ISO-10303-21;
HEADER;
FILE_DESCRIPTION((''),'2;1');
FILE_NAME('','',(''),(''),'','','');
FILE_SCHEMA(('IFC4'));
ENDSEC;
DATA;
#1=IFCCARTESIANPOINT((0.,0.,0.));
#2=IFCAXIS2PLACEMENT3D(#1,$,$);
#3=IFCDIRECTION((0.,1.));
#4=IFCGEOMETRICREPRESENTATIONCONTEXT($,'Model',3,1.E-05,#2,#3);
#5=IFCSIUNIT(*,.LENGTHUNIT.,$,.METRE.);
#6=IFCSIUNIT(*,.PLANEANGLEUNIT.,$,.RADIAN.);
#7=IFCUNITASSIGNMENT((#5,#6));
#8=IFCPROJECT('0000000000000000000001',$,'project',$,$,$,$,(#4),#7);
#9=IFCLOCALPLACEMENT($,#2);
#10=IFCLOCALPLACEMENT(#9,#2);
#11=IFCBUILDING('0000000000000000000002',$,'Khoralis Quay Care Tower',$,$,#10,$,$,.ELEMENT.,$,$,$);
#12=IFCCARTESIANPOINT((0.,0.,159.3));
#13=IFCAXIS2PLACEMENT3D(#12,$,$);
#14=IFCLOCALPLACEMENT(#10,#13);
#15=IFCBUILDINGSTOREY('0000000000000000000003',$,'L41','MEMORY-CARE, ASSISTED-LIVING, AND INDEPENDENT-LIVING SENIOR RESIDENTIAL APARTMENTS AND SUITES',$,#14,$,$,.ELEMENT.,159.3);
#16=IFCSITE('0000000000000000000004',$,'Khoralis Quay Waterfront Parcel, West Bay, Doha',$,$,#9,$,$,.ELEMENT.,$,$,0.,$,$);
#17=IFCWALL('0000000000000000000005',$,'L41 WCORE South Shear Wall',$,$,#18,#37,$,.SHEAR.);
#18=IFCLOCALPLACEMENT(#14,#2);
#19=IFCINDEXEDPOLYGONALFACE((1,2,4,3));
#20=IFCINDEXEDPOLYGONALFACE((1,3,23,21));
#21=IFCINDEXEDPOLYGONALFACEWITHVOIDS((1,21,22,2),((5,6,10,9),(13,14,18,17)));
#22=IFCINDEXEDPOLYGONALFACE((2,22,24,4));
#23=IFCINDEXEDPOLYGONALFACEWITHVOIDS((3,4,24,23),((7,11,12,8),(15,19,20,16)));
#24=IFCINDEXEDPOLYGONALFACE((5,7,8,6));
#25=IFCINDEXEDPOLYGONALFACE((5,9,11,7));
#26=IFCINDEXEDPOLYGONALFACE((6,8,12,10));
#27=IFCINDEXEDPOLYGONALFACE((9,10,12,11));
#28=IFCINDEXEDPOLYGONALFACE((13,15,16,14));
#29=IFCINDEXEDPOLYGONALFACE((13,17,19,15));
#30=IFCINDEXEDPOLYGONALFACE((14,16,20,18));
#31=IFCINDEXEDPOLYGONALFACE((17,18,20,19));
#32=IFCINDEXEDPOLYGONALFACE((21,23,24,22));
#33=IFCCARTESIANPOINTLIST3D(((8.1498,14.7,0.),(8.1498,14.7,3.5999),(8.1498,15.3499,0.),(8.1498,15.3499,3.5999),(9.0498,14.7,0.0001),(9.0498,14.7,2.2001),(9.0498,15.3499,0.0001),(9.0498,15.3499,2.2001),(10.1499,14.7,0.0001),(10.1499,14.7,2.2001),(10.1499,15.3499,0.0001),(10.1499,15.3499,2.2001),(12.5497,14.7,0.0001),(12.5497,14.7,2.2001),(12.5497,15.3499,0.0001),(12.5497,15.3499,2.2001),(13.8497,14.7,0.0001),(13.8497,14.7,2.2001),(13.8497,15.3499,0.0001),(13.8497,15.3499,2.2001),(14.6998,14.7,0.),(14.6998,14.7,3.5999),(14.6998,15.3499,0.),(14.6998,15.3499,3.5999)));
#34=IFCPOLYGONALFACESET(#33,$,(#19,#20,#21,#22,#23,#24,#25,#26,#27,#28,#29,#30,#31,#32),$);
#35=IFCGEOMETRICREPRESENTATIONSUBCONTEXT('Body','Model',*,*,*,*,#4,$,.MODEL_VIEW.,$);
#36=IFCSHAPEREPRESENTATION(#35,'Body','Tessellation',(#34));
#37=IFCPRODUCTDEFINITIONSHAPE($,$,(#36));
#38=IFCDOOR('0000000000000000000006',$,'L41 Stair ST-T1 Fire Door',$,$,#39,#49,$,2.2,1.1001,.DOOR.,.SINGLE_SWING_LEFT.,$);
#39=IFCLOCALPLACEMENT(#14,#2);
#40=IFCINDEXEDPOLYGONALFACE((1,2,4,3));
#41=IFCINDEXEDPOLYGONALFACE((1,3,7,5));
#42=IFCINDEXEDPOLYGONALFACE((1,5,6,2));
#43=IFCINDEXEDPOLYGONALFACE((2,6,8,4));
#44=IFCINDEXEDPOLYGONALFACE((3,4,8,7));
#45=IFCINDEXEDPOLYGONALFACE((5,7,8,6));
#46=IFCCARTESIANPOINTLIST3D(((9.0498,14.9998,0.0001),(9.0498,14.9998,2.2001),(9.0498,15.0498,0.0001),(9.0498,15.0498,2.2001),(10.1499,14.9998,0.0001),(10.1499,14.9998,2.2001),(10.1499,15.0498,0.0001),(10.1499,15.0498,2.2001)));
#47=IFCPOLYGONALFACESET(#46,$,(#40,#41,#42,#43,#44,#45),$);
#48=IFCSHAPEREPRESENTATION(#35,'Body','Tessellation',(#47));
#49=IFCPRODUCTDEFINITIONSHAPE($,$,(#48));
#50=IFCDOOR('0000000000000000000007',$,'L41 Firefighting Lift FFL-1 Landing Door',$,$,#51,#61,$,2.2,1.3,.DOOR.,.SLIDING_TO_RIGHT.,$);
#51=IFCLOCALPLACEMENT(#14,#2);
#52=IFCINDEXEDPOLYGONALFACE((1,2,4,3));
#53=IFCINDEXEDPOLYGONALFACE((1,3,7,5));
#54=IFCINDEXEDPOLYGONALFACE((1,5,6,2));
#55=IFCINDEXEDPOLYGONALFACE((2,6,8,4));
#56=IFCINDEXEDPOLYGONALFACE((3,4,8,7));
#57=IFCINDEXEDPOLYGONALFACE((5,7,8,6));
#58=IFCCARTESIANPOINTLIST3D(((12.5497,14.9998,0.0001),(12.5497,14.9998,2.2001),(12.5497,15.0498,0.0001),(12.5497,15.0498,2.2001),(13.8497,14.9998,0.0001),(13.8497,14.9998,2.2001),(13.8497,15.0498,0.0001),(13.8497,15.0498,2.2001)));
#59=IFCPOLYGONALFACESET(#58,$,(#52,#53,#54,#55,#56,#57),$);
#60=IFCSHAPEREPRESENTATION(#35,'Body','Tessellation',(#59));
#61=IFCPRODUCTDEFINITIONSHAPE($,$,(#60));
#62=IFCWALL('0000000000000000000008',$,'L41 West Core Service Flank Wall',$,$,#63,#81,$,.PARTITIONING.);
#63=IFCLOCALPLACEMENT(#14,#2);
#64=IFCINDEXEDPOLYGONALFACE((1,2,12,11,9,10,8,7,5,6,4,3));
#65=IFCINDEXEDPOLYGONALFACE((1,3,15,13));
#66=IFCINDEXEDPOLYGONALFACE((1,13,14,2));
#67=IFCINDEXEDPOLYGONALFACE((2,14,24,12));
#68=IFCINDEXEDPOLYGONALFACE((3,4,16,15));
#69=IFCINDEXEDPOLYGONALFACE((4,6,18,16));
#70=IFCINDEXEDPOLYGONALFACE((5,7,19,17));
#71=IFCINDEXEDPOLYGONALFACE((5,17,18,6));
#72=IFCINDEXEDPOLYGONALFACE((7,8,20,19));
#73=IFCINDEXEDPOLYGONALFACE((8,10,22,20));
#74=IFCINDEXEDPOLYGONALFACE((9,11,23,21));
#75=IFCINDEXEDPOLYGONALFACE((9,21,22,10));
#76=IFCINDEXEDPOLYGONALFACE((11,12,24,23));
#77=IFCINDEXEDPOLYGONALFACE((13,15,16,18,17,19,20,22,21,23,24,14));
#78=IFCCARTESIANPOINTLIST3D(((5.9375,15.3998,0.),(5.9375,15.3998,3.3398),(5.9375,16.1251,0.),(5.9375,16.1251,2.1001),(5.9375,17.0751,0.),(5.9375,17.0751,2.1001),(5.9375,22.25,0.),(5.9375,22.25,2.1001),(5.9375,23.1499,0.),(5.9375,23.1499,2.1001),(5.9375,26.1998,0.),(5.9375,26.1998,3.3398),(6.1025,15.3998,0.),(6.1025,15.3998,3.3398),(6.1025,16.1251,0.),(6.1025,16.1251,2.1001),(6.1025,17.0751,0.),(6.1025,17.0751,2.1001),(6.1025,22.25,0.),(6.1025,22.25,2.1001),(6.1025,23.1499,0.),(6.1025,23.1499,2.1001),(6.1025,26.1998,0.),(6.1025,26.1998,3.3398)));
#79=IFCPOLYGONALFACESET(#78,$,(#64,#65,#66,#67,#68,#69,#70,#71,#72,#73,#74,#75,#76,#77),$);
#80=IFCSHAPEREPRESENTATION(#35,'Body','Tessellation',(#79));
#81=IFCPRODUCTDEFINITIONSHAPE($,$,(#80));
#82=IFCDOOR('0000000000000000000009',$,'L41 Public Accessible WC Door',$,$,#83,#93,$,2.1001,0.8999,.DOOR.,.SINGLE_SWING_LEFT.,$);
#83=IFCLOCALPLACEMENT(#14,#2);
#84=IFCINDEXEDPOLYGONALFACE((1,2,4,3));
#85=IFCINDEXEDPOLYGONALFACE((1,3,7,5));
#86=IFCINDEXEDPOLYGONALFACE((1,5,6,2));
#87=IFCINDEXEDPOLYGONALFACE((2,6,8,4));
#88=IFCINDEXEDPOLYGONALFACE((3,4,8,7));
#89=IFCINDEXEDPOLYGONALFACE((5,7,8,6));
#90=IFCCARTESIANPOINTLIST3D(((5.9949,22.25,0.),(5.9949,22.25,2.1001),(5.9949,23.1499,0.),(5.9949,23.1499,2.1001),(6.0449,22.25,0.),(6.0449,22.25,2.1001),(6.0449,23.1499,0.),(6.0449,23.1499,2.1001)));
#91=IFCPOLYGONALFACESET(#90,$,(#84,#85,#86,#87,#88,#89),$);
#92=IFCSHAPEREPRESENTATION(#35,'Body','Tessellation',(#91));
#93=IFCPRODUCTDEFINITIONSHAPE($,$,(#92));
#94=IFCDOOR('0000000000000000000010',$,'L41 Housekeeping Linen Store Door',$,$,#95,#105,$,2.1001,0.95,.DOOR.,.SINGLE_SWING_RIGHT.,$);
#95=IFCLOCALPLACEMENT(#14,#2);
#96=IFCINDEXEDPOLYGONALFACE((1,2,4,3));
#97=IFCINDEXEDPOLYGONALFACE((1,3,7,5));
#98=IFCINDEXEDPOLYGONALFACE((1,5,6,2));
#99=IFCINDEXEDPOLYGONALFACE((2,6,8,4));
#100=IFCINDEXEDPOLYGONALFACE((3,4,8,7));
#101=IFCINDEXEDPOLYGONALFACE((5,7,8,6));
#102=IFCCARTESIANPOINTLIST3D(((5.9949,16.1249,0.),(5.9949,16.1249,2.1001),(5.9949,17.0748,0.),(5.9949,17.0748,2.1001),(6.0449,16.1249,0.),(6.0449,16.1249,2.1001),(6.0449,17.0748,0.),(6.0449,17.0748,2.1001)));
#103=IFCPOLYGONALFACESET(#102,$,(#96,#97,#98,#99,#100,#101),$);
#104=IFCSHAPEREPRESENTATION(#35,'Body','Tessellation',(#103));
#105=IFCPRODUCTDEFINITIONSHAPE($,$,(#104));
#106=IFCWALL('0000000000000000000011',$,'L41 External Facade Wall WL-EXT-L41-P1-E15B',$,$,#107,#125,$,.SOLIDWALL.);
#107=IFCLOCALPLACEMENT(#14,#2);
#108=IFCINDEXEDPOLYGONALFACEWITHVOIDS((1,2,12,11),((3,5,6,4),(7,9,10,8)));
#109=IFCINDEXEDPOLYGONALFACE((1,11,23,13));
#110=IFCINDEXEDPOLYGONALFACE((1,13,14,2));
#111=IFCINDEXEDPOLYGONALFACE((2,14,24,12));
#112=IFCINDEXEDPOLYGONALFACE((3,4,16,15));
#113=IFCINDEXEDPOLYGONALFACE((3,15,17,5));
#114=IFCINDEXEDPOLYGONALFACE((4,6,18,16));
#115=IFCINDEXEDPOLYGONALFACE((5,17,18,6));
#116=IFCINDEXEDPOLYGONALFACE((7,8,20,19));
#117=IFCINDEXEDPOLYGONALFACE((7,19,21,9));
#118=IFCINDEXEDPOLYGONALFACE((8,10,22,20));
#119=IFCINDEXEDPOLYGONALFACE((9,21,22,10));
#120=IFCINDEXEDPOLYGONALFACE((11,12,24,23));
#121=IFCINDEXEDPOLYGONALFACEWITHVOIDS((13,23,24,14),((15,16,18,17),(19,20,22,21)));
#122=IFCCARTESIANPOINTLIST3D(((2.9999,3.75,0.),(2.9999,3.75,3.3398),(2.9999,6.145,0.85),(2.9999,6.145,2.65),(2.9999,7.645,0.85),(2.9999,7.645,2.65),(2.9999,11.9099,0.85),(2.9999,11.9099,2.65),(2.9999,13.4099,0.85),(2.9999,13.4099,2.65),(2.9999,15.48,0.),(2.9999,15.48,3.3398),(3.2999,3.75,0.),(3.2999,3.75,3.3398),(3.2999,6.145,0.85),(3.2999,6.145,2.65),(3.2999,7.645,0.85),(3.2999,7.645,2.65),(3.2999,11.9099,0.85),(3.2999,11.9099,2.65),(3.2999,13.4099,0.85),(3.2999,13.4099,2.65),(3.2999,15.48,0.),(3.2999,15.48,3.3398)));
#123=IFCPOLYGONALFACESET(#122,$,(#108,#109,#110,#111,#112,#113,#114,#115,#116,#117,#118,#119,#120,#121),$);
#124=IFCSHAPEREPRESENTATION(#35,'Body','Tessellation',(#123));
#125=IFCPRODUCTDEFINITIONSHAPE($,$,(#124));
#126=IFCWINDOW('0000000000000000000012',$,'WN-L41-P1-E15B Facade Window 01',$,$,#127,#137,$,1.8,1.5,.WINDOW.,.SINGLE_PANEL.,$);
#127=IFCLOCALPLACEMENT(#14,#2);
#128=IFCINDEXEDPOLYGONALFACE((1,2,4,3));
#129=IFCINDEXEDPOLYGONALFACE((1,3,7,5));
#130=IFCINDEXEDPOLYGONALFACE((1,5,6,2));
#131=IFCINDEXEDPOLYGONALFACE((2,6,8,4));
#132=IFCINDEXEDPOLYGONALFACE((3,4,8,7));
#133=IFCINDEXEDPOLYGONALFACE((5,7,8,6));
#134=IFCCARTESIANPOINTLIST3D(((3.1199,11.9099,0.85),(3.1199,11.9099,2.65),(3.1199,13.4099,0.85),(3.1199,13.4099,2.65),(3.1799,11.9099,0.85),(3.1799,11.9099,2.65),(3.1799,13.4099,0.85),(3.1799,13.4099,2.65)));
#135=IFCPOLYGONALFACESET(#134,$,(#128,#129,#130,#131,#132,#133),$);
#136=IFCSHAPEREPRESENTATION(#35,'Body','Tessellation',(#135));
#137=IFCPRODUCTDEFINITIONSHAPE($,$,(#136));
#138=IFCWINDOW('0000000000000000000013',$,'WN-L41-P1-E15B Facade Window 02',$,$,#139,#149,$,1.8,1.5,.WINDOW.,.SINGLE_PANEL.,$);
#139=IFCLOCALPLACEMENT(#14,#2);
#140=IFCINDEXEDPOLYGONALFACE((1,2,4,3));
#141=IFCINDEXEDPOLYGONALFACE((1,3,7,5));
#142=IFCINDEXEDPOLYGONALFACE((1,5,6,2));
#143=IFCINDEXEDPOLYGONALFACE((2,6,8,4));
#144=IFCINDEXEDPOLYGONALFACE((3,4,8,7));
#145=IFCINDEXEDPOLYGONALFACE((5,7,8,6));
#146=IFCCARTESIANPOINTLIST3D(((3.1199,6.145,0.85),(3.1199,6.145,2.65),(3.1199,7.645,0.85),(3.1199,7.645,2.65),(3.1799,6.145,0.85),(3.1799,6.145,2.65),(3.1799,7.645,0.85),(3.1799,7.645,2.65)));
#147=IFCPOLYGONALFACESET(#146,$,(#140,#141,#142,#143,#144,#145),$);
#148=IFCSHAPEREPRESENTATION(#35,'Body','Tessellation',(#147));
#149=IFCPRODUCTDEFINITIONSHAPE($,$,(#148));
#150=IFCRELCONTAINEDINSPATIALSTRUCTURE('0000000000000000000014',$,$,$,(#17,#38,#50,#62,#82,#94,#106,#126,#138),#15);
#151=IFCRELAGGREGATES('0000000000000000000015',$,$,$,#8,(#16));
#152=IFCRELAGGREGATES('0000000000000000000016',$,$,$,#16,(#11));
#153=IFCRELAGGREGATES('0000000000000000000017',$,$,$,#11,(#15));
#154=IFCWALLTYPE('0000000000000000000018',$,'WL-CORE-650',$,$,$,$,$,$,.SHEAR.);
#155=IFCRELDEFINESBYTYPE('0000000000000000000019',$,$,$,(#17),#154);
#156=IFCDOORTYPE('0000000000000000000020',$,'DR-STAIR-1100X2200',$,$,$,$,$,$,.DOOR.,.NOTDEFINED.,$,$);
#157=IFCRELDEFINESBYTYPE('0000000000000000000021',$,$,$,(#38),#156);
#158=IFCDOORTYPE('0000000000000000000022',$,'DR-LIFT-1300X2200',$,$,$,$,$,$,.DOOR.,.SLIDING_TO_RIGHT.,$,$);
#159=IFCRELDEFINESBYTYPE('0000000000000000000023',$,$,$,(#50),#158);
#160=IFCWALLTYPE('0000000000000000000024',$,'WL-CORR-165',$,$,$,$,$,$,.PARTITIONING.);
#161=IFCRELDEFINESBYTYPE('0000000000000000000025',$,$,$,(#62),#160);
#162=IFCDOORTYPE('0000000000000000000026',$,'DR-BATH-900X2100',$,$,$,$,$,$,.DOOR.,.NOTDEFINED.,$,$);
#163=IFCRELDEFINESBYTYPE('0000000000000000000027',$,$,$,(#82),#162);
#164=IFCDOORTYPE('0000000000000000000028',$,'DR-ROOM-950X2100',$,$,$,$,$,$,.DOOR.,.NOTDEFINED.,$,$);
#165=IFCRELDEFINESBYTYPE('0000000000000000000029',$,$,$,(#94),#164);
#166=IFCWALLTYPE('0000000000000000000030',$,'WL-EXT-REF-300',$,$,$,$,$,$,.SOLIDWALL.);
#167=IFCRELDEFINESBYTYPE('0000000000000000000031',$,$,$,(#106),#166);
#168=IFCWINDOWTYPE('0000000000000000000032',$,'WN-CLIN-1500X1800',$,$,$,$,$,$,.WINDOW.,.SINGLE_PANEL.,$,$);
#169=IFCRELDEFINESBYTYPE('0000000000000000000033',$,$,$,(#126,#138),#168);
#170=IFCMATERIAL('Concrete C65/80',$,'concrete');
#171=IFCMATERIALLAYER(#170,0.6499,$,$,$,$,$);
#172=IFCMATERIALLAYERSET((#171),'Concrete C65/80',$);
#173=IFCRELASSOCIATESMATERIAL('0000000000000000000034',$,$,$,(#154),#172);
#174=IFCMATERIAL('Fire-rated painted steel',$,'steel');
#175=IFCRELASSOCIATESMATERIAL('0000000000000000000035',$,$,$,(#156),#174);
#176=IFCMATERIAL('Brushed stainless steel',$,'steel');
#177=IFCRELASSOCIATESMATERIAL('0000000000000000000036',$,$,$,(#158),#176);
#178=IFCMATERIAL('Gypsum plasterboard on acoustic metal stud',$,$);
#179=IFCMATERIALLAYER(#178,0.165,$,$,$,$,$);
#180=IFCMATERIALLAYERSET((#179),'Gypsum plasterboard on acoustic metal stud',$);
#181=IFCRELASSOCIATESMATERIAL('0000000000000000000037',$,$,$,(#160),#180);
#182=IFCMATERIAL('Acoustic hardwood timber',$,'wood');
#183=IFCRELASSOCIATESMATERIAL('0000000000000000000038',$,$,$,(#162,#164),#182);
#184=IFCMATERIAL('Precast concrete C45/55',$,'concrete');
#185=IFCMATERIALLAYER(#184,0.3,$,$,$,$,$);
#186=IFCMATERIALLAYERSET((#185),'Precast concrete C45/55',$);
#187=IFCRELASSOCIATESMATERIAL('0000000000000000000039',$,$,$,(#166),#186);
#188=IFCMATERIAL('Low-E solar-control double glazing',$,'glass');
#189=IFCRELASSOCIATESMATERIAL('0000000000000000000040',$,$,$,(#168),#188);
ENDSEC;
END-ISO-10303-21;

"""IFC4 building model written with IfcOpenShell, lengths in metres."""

from ifc_helpers import new_model, si_unit, direction, frame, frame_2d, origin, place, context, subcontext, project, spatial, rectangle, extrude, source, transform, mapped, material, layer, layer_set, type_object, element, fill, save


model = new_model("IFC4")

# Units and contexts
model_context = context("Model", 3, precision=1e-05, world=origin(), true_north=direction((0.0, 1.0)))
body_context = subcontext(model_context, "Body", "Model", "MODEL_VIEW")
ifc_project = project(units=[si_unit("LENGTHUNIT", "METRE"), si_unit("PLANEANGLEUNIT", "RADIAN")], contexts=[model_context])

# Site, building, storey
site_placement = place(None, origin())
site = spatial("IfcSite", under=ifc_project, at=site_placement, Name="Khoralis Quay Waterfront Parcel, West Bay, Doha", CompositionType="ELEMENT", RefElevation=0.0)
building_placement = place(site_placement, origin())
building = spatial("IfcBuilding", under=site, at=building_placement, Name="Khoralis Quay Care Tower", CompositionType="ELEMENT")
storey_placement = place(building_placement, frame((0.0, 0.0, 159.3)))
storey = spatial("IfcBuildingStorey", under=building, at=storey_placement, Name="L41", Description="MEMORY-CARE, ASSISTED-LIVING, AND INDEPENDENT-LIVING SENIOR RESIDENTIAL APARTMENTS AND SUITES", CompositionType="ELEMENT", Elevation=159.3)

# Shared definitions
ifc_material_1 = material(Name="Concrete C65/80", Category="concrete")

# Shared definitions
ifc_material_2 = material(Name="Low-E solar-control double glazing", Category="glass")

# Shared definitions
ifc_layer_1 = layer(ifc_material_1, 0.6499)
ifc_layer_set_1 = layer_set([ifc_layer_1], Name="Concrete C65/80")
wall_type_1 = type_object("IfcWallType", Name="WL-CORE-650", PredefinedType="SHEAR", material=ifc_layer_set_1)

# Walls, openings, doors
wall_1_placement = place(storey_placement, frame((8.1499, 15.0249, 0.0), z_axis=(0.0, 0.0, 1.0), x_axis=(1.0, 0.0, 0.0)))
wall_1 = element("IfcWall", 1, at=wall_1_placement, inside=storey, type_object=wall_type_1, Name="L41 WCORE South Shear Wall", PredefinedType="SHEAR", context=body_context, shape_type="SweptSolid", body=[
    extrude(rectangle(XDim=6.55, YDim=0.6499, at=frame_2d((3.2749, 0.0))), origin(), (0.0, 0.0, 1.0), 3.5999),
])
opening_1_placement = place(wall_1_placement, frame((0.8999, 0.0, 0.0)))
opening_1 = element("IfcOpeningElement", 2, at=opening_1_placement, cuts=wall_1, PredefinedType="OPENING", context=body_context, shape_type="SweptSolid", body=[
    extrude(rectangle(XDim=1.1001, YDim=2.2, at=frame_2d((0.55, 1.1001))), frame((0.0, 0.335, 0.0), z_axis=(0.0, -1.0, 0.0), x_axis=(1.0, 0.0, 0.0)), (0.0, 0.0, 1.0), 0.6699),
])
opening_2_placement = place(wall_1_placement, frame((4.3999, 0.0, 0.0)))
opening_2 = element("IfcOpeningElement", 3, at=opening_2_placement, cuts=wall_1, PredefinedType="OPENING", context=body_context, shape_type="SweptSolid", body=[
    extrude(rectangle(XDim=1.3, YDim=2.2, at=frame_2d((0.6499, 1.1001))), frame((0.0, 0.335, 0.0), z_axis=(0.0, -1.0, 0.0), x_axis=(1.0, 0.0, 0.0)), (0.0, 0.0, 1.0), 0.6699),
])
ifc_material_3 = material(Name="Fire-rated painted steel", Category="steel")
door_type_1 = type_object("IfcDoorType", Name="DR-STAIR-1100X2200", OperationType="NOTDEFINED", PredefinedType="DOOR", material=ifc_material_3)
shared_shape_1 = source(origin(), body_context, "Body", "SweptSolid", [
    extrude(rectangle(XDim=1.1001, YDim=2.2, at=frame_2d((0.55, 1.1001))), frame((0.0, 0.0249, 0.0), z_axis=(0.0, -1.0, 0.0), x_axis=(1.0, 0.0, 0.0)), (0.0, 0.0, 1.0), 0.05),
])
door_1_placement = place(opening_1_placement, origin())
door_1 = element("IfcDoor", 4, at=door_1_placement, inside=storey, type_object=door_type_1, Name="L41 Stair ST-T1 Fire Door", OperationType="SINGLE_SWING_LEFT", OverallHeight=2.2, OverallWidth=1.1001, PredefinedType="DOOR", context=body_context, shape_type="MappedRepresentation", body=[
    mapped(shared_shape_1, transform((0.0, 0.0, 0.0), scale=1.0)),
])
fill(opening_1, door_1)
ifc_material_4 = material(Name="Brushed stainless steel", Category="steel")
door_type_2 = type_object("IfcDoorType", Name="DR-LIFT-1300X2200", OperationType="SLIDING_TO_RIGHT", PredefinedType="DOOR", material=ifc_material_4)
shared_shape_2 = source(origin(), body_context, "Body", "SweptSolid", [
    extrude(rectangle(XDim=1.3, YDim=2.2, at=frame_2d((0.6499, 1.1001))), frame((0.0, 0.0249, 0.0), z_axis=(0.0, -1.0, 0.0), x_axis=(1.0, 0.0, 0.0)), (0.0, 0.0, 1.0), 0.05),
])
door_2_placement = place(opening_2_placement, origin())
door_2 = element("IfcDoor", 5, at=door_2_placement, inside=storey, type_object=door_type_2, Name="L41 Firefighting Lift FFL-1 Landing Door", OperationType="SLIDING_TO_RIGHT", OverallHeight=2.2, OverallWidth=1.3, PredefinedType="DOOR", context=body_context, shape_type="MappedRepresentation", body=[
    mapped(shared_shape_2, transform((0.0, 0.0, 0.0), scale=1.0)),
])
fill(opening_2, door_2)
ifc_material_5 = material(Name="Gypsum plasterboard on acoustic metal stud")
ifc_layer_2 = layer(ifc_material_5, 0.165)
ifc_layer_set_2 = layer_set([ifc_layer_2], Name="Gypsum plasterboard on acoustic metal stud")
wall_type_2 = type_object("IfcWallType", Name="WL-CORR-165", PredefinedType="PARTITIONING", material=ifc_layer_set_2)
wall_2_placement = place(storey_placement, frame((6.02, 15.3999, 0.0), z_axis=(0.0, 0.0, 1.0), x_axis=(0.0, 1.0, 0.0)))
wall_2 = element("IfcWall", 6, at=wall_2_placement, inside=storey, type_object=wall_type_2, Name="L41 West Core Service Flank Wall", PredefinedType="PARTITIONING", context=body_context, shape_type="SweptSolid", body=[
    extrude(rectangle(XDim=10.8, YDim=0.165, at=frame_2d((5.3999, 0.0))), origin(), (0.0, 0.0, 1.0), 3.3398),
])
opening_3_placement = place(wall_2_placement, frame((0.7251, 0.0, 0.0)))
opening_3 = element("IfcOpeningElement", 7, at=opening_3_placement, cuts=wall_2, PredefinedType="OPENING", context=body_context, shape_type="SweptSolid", body=[
    extrude(rectangle(XDim=0.95, YDim=2.1001, at=frame_2d((0.4751, 1.05))), frame((0.0, 0.0925, 0.0), z_axis=(0.0, -1.0, 0.0), x_axis=(1.0, 0.0, 0.0)), (0.0, 0.0, 1.0), 0.1851),
])
opening_4_placement = place(wall_2_placement, frame((6.8501, 0.0, 0.0)))
opening_4 = element("IfcOpeningElement", 8, at=opening_4_placement, cuts=wall_2, PredefinedType="OPENING", context=body_context, shape_type="SweptSolid", body=[
    extrude(rectangle(XDim=0.8999, YDim=2.1001, at=frame_2d((0.45, 1.05))), frame((0.0, 0.0925, 0.0), z_axis=(0.0, -1.0, 0.0), x_axis=(1.0, 0.0, 0.0)), (0.0, 0.0, 1.0), 0.1851),
])
ifc_material_6 = material(Name="Acoustic hardwood timber", Category="wood")
door_type_3 = type_object("IfcDoorType", Name="DR-BATH-900X2100", OperationType="NOTDEFINED", PredefinedType="DOOR", material=ifc_material_6)
shared_shape_3 = source(origin(), body_context, "Body", "SweptSolid", [
    extrude(rectangle(XDim=0.8999, YDim=2.1001, at=frame_2d((0.45, 1.05))), frame((0.0, 0.0249, 0.0), z_axis=(0.0, -1.0, 0.0), x_axis=(1.0, 0.0, 0.0)), (0.0, 0.0, 1.0), 0.05),
])
door_3_placement = place(opening_4_placement, frame((0.8999, 0.0, 0.0), z_axis=(0.0, 0.0, 1.0), x_axis=(-1.0, 0.0, 0.0)))
door_3 = element("IfcDoor", 9, at=door_3_placement, inside=storey, type_object=door_type_3, Name="L41 Public Accessible WC Door", OperationType="SINGLE_SWING_LEFT", OverallHeight=2.1001, OverallWidth=0.8999, PredefinedType="DOOR", context=body_context, shape_type="MappedRepresentation", body=[
    mapped(shared_shape_3, transform((0.0, 0.0, 0.0), scale=1.0)),
])
fill(opening_4, door_3)
door_type_4 = type_object("IfcDoorType", Name="DR-ROOM-950X2100", OperationType="NOTDEFINED", PredefinedType="DOOR", material=ifc_material_6)
shared_shape_4 = source(origin(), body_context, "Body", "SweptSolid", [
    extrude(rectangle(XDim=0.95, YDim=2.1001, at=frame_2d((0.4751, 1.05))), frame((0.0, 0.0249, 0.0), z_axis=(0.0, -1.0, 0.0), x_axis=(1.0, 0.0, 0.0)), (0.0, 0.0, 1.0), 0.05),
])
door_4_placement = place(opening_3_placement, frame((0.95, 0.0, 0.0), z_axis=(0.0, 0.0, 1.0), x_axis=(-1.0, 0.0, 0.0)))
door_4 = element("IfcDoor", 10, at=door_4_placement, inside=storey, type_object=door_type_4, Name="L41 Housekeeping Linen Store Door", OperationType="SINGLE_SWING_RIGHT", OverallHeight=2.1001, OverallWidth=0.95, PredefinedType="DOOR", context=body_context, shape_type="MappedRepresentation", body=[
    mapped(shared_shape_4, transform((0.0, 0.0, 0.0), scale=1.0)),
])
fill(opening_3, door_4)

# Wall, openings, windows
ifc_material_7 = material(Name="Precast concrete C45/55", Category="concrete")
ifc_layer_3 = layer(ifc_material_7, 0.3)
ifc_layer_set_3 = layer_set([ifc_layer_3], Name="Precast concrete C45/55")
wall_type_3 = type_object("IfcWallType", Name="WL-EXT-REF-300", PredefinedType="SOLIDWALL", material=ifc_layer_set_3)
wall_3_placement = place(storey_placement, frame((3.1499, 15.48, 0.0), z_axis=(0.0, 0.0, 1.0), x_axis=(0.0, -1.0, 0.0)))
wall_3 = element("IfcWall", 11, at=wall_3_placement, inside=storey, type_object=wall_type_3, Name="L41 External Facade Wall WL-EXT-L41-P1-E15B", PredefinedType="SOLIDWALL", context=body_context, shape_type="SweptSolid", body=[
    extrude(rectangle(XDim=11.73, YDim=0.3, at=frame_2d((5.865, 0.0))), origin(), (0.0, 0.0, 1.0), 3.3398),
])
opening_5_placement = place(wall_3_placement, frame((2.0701, 0.0, 0.8501)))
opening_5 = element("IfcOpeningElement", 12, at=opening_5_placement, cuts=wall_3, PredefinedType="OPENING", context=body_context, shape_type="SweptSolid", body=[
    extrude(rectangle(XDim=1.5, YDim=1.8, at=frame_2d((0.75, 0.8999))), frame((0.0, 0.1602, 0.0), z_axis=(0.0, -1.0, 0.0), x_axis=(1.0, 0.0, 0.0)), (0.0, 0.0, 1.0), 0.3201),
])
opening_6_placement = place(wall_3_placement, frame((7.835, 0.0, 0.8501)))
opening_6 = element("IfcOpeningElement", 13, at=opening_6_placement, cuts=wall_3, PredefinedType="OPENING", context=body_context, shape_type="SweptSolid", body=[
    extrude(rectangle(XDim=1.5, YDim=1.8, at=frame_2d((0.75, 0.8999))), frame((0.0, 0.1602, 0.0), z_axis=(0.0, -1.0, 0.0), x_axis=(1.0, 0.0, 0.0)), (0.0, 0.0, 1.0), 0.3201),
])
window_type = type_object("IfcWindowType", Name="WN-CLIN-1500X1800", PartitioningType="SINGLE_PANEL", PredefinedType="WINDOW", material=ifc_material_2)
shared_shape_5 = source(origin(), body_context, "Body", "SweptSolid", [
    extrude(rectangle(XDim=1.5, YDim=1.8, at=frame_2d((0.75, 0.8999))), frame((0.0, 0.03, 0.0), z_axis=(0.0, -1.0, 0.0), x_axis=(1.0, 0.0, 0.0)), (0.0, 0.0, 1.0), 0.0601),
])
window_1_placement = place(opening_5_placement, origin())
window_1 = element("IfcWindow", 14, at=window_1_placement, inside=storey, type_object=window_type, Name="WN-L41-P1-E15B Facade Window 01", OverallHeight=1.8, OverallWidth=1.5, PartitioningType="SINGLE_PANEL", PredefinedType="WINDOW", context=body_context, shape_type="MappedRepresentation", body=[
    mapped(shared_shape_5, transform((0.0, 0.0, 0.0), scale=1.0)),
])
fill(opening_5, window_1)
window_2_placement = place(opening_6_placement, origin())
window_2 = element("IfcWindow", 15, at=window_2_placement, inside=storey, type_object=window_type, Name="WN-L41-P1-E15B Facade Window 02", OverallHeight=1.8, OverallWidth=1.5, PartitioningType="SINGLE_PANEL", PredefinedType="WINDOW", context=body_context, shape_type="MappedRepresentation", body=[
    mapped(shared_shape_5, transform((0.0, 0.0, 0.0), scale=1.0)),
])
fill(opening_6, window_2)

save(model, "model.ifc")
